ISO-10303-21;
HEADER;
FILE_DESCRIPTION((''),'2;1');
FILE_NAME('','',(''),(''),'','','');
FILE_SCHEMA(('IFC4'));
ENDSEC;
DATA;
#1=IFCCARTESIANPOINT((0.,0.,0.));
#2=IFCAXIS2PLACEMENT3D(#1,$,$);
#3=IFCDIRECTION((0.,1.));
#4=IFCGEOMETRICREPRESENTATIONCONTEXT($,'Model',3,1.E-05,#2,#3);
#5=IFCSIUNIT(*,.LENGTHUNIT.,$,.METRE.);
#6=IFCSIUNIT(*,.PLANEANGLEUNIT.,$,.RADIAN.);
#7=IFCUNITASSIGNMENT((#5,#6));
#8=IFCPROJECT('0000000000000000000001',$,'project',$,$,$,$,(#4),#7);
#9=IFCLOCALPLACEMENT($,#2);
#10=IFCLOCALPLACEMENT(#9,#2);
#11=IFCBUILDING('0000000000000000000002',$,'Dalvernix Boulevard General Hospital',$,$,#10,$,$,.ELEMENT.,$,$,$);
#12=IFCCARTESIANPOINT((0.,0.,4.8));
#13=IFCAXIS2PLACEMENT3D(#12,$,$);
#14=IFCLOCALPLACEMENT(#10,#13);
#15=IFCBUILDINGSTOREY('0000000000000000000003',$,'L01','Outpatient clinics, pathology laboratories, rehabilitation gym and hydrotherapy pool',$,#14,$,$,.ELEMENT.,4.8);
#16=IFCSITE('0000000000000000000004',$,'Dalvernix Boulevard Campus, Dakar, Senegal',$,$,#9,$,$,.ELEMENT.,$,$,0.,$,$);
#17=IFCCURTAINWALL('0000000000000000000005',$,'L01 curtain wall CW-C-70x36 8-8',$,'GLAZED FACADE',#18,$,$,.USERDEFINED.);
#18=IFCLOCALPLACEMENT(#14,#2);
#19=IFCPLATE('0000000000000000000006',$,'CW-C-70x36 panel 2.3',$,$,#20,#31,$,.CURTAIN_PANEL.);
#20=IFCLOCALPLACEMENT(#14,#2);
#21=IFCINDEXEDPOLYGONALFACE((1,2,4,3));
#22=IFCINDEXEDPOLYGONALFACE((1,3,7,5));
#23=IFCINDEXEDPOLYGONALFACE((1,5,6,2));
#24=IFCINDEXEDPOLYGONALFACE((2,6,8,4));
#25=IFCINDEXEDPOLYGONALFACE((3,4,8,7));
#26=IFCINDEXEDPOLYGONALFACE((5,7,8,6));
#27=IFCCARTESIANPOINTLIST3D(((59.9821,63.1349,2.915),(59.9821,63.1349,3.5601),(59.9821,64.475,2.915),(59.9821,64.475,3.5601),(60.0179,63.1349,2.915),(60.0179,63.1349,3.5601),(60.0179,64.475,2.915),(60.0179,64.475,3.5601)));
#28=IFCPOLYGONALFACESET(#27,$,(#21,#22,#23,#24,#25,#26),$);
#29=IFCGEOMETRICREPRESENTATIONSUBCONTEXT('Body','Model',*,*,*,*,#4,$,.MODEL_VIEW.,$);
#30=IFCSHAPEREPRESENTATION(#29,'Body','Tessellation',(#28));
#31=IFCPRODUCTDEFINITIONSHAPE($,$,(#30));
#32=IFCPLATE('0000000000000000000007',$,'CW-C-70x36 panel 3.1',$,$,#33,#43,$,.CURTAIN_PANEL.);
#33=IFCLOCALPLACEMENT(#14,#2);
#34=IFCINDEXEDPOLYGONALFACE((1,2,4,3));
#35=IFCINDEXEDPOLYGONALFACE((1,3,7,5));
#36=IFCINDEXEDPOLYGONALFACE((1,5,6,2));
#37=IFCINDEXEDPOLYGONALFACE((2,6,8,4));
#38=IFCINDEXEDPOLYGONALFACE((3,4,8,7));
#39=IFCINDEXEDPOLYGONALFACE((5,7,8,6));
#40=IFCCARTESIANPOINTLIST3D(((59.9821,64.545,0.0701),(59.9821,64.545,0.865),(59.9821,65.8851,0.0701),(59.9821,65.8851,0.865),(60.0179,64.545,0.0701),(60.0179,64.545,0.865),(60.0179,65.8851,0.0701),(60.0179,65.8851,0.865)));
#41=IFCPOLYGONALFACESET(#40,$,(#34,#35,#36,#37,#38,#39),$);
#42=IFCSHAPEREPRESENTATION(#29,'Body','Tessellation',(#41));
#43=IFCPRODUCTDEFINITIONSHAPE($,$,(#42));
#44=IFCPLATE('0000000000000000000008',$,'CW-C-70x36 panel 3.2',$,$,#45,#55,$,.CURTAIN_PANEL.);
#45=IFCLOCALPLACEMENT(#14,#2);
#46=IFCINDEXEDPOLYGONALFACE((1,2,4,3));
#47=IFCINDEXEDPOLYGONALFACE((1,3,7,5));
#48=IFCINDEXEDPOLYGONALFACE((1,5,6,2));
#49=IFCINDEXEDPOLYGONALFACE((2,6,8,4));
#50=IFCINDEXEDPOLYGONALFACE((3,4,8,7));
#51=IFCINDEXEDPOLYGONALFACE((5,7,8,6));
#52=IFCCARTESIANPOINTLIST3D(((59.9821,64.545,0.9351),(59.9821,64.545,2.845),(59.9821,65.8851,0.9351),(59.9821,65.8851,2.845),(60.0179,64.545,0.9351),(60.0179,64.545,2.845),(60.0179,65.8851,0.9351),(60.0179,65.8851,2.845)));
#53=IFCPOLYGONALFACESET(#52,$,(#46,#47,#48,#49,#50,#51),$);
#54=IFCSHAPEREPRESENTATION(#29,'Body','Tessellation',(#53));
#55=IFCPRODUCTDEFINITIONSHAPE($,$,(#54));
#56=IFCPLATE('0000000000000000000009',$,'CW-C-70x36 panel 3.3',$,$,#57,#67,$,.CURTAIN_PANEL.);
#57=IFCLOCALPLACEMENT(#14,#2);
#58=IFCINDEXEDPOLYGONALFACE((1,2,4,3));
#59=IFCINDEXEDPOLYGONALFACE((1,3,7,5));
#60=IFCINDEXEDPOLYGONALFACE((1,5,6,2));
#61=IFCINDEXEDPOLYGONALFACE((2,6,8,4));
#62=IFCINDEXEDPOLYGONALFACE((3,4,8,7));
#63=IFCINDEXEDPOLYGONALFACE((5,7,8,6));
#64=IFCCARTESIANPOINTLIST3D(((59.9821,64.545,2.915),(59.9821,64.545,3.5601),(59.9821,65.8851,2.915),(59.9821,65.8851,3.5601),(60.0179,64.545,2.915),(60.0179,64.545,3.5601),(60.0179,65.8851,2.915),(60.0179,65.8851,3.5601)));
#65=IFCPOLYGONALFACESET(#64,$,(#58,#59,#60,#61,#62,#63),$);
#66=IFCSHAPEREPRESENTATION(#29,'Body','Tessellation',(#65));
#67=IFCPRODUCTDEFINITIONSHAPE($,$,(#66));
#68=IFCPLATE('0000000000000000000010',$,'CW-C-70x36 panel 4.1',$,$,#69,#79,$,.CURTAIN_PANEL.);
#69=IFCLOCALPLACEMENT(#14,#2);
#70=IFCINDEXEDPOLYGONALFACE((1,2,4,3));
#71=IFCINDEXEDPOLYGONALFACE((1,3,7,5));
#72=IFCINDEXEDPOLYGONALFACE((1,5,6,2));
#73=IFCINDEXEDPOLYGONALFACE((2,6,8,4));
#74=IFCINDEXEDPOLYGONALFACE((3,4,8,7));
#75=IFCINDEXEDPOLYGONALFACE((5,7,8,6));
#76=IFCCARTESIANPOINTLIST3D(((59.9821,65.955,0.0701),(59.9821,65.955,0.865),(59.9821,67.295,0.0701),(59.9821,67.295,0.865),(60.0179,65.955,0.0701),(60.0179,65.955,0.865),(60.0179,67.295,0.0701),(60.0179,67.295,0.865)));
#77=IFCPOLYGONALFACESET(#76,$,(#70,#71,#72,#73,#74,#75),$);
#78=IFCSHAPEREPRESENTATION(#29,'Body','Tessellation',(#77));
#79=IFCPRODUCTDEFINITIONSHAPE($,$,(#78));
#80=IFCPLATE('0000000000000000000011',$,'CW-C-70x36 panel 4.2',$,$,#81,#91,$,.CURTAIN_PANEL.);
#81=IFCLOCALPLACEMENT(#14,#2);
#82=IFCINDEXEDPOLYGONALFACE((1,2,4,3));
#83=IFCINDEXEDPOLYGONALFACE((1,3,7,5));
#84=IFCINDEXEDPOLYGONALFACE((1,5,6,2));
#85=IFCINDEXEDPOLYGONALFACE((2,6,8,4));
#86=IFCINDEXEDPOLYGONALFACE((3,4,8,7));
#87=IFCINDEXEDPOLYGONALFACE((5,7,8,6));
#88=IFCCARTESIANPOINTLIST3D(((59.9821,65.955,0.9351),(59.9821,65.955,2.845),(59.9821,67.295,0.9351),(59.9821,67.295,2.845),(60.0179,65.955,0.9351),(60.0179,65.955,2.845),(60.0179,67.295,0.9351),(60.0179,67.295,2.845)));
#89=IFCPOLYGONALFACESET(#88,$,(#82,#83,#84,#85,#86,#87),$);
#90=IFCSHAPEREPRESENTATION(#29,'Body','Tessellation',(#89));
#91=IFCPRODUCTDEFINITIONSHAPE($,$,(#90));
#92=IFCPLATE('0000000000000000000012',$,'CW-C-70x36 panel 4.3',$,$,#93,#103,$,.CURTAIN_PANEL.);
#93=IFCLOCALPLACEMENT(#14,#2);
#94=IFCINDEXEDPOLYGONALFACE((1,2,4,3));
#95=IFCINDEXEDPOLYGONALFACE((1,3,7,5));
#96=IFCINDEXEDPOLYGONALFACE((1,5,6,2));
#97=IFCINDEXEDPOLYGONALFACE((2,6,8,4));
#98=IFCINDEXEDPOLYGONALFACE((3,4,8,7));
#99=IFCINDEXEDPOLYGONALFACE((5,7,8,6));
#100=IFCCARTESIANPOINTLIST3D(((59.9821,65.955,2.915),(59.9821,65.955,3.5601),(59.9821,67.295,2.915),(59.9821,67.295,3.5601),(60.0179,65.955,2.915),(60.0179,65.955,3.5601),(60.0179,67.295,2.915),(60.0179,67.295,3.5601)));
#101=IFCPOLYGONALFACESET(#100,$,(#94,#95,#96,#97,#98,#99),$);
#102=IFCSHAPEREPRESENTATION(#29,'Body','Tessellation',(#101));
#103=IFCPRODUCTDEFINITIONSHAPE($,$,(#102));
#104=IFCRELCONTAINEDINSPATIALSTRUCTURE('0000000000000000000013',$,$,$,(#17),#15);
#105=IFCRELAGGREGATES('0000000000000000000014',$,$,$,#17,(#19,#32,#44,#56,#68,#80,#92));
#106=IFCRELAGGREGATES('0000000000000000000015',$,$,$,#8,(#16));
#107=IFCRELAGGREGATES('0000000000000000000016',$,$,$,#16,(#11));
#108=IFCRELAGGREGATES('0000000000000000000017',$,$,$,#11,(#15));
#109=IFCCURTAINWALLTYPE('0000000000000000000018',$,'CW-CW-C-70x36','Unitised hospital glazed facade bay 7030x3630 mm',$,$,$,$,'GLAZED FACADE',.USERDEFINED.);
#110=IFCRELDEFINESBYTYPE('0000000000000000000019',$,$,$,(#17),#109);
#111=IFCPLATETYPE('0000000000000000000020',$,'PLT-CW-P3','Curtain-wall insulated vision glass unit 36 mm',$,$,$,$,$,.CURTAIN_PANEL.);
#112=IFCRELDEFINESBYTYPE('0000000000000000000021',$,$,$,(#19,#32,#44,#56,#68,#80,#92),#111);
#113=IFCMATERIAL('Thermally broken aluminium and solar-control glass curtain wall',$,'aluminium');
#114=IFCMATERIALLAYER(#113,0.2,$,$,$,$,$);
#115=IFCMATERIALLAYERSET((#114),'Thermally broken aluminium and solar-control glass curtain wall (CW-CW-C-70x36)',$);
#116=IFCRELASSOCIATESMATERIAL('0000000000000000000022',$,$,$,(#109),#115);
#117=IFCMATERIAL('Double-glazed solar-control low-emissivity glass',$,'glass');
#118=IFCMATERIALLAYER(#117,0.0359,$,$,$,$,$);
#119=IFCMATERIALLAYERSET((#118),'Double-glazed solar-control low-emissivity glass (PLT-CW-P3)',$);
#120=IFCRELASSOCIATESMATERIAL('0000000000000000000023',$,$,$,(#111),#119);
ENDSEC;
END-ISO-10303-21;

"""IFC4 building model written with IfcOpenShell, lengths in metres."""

from ifc_helpers import new_model, si_unit, direction, frame, origin, origin_2d, place, context, subcontext, project, spatial, rectangle, extrude, material, layer, layer_set, type_object, element, aggregate, save


model = new_model("IFC4")

# Units and contexts
model_context = context("Model", 3, precision=1e-05, world=origin(), true_north=direction((0.0, 1.0)))
body_context = subcontext(model_context, "Body", "Model", "MODEL_VIEW")
ifc_project = project(units=[si_unit("LENGTHUNIT", "METRE"), si_unit("PLANEANGLEUNIT", "RADIAN")], contexts=[model_context])

# Site, building, storey
site_placement = place(None, origin())
site = spatial("IfcSite", under=ifc_project, at=site_placement, Name="Dalvernix Boulevard Campus, Dakar, Senegal", CompositionType="ELEMENT", RefElevation=0.0)
building_placement = place(site_placement, origin())
building = spatial("IfcBuilding", under=site, at=building_placement, Name="Dalvernix Boulevard General Hospital", CompositionType="ELEMENT")
storey_placement = place(building_placement, frame((0.0, 0.0, 4.8)))
storey = spatial("IfcBuildingStorey", under=building, at=storey_placement, Name="L01", Description="Outpatient clinics, pathology laboratories, rehabilitation gym and hydrotherapy pool", CompositionType="ELEMENT", Elevation=4.8)

# Curtain wall, plates
ifc_material_1 = material(Name="Thermally broken aluminium and solar-control glass curtain wall", Category="aluminium")
ifc_layer_1 = layer(ifc_material_1, 0.2)
ifc_layer_set_1 = layer_set([ifc_layer_1], Name="Thermally broken aluminium and solar-control glass curtain wall (CW-CW-C-70x36)")
curtain_wall_type = type_object("IfcCurtainWallType", Name="CW-CW-C-70x36", Description="Unitised hospital glazed facade bay 7030x3630 mm", ElementType="GLAZED FACADE", PredefinedType="USERDEFINED", material=ifc_layer_set_1)
curtain_wall_placement = place(storey_placement, origin())
curtain_wall = element("IfcCurtainWall", 1, at=curtain_wall_placement, inside=storey, type_object=curtain_wall_type, Name="L01 curtain wall CW-C-70x36 8-8", ObjectType="GLAZED FACADE", PredefinedType="USERDEFINED")
ifc_material_2 = material(Name="Double-glazed solar-control low-emissivity glass", Category="glass")
ifc_layer_2 = layer(ifc_material_2, 0.0359)
ifc_layer_set_2 = layer_set([ifc_layer_2], Name="Double-glazed solar-control low-emissivity glass (PLT-CW-P3)")
plate_type = type_object("IfcPlateType", Name="PLT-CW-P3", Description="Curtain-wall insulated vision glass unit 36 mm", PredefinedType="CURTAIN_PANEL", material=ifc_layer_set_2)
plate_1_placement = place(storey_placement, frame((60.0, 63.8049, 2.915), z_axis=(0.0, 0.0, 1.0), x_axis=(0.0, 1.0, 0.0)))
plate_1 = element("IfcPlate", 2, at=plate_1_placement, type_object=plate_type, Name="CW-C-70x36 panel 2.3", PredefinedType="CURTAIN_PANEL", context=body_context, shape_type="SweptSolid", body=[
    extrude(rectangle(XDim=1.3401, YDim=0.0359, at=origin_2d()), origin(), (0.0, 0.0, 1.0), 0.645),
])
plate_2_placement = place(storey_placement, frame((60.0, 65.2151, 0.0701), z_axis=(0.0, 0.0, 1.0), x_axis=(0.0, 1.0, 0.0)))
plate_2 = element("IfcPlate", 3, at=plate_2_placement, type_object=plate_type, Name="CW-C-70x36 panel 3.1", PredefinedType="CURTAIN_PANEL", context=body_context, shape_type="SweptSolid", body=[
    extrude(rectangle(XDim=1.3401, YDim=0.0359, at=origin_2d()), origin(), (0.0, 0.0, 1.0), 0.7949),
])
plate_3_placement = place(storey_placement, frame((60.0, 65.2151, 0.9351), z_axis=(0.0, 0.0, 1.0), x_axis=(0.0, 1.0, 0.0)))
plate_3 = element("IfcPlate", 4, at=plate_3_placement, type_object=plate_type, Name="CW-C-70x36 panel 3.2", PredefinedType="CURTAIN_PANEL", context=body_context, shape_type="SweptSolid", body=[
    extrude(rectangle(XDim=1.3401, YDim=0.0359, at=origin_2d()), origin(), (0.0, 0.0, 1.0), 1.9099),
])
plate_4_placement = place(storey_placement, frame((60.0, 65.2151, 2.915), z_axis=(0.0, 0.0, 1.0), x_axis=(0.0, 1.0, 0.0)))
plate_4 = element("IfcPlate", 5, at=plate_4_placement, type_object=plate_type, Name="CW-C-70x36 panel 3.3", PredefinedType="CURTAIN_PANEL", context=body_context, shape_type="SweptSolid", body=[
    extrude(rectangle(XDim=1.3401, YDim=0.0359, at=origin_2d()), origin(), (0.0, 0.0, 1.0), 0.645),
])
plate_5_placement = place(storey_placement, frame((60.0, 66.625, 0.0701), z_axis=(0.0, 0.0, 1.0), x_axis=(0.0, 1.0, 0.0)))
plate_5 = element("IfcPlate", 6, at=plate_5_placement, type_object=plate_type, Name="CW-C-70x36 panel 4.1", PredefinedType="CURTAIN_PANEL", context=body_context, shape_type="SweptSolid", body=[
    extrude(rectangle(XDim=1.3401, YDim=0.0359, at=origin_2d()), origin(), (0.0, 0.0, 1.0), 0.7949),
])
plate_6_placement = place(storey_placement, frame((60.0, 66.625, 0.9351), z_axis=(0.0, 0.0, 1.0), x_axis=(0.0, 1.0, 0.0)))
plate_6 = element("IfcPlate", 7, at=plate_6_placement, type_object=plate_type, Name="CW-C-70x36 panel 4.2", PredefinedType="CURTAIN_PANEL", context=body_context, shape_type="SweptSolid", body=[
    extrude(rectangle(XDim=1.3401, YDim=0.0359, at=origin_2d()), origin(), (0.0, 0.0, 1.0), 1.9099),
])
plate_7_placement = place(storey_placement, frame((60.0, 66.625, 2.915), z_axis=(0.0, 0.0, 1.0), x_axis=(0.0, 1.0, 0.0)))
plate_7 = element("IfcPlate", 8, at=plate_7_placement, type_object=plate_type, Name="CW-C-70x36 panel 4.3", PredefinedType="CURTAIN_PANEL", context=body_context, shape_type="SweptSolid", body=[
    extrude(rectangle(XDim=1.3401, YDim=0.0359, at=origin_2d()), origin(), (0.0, 0.0, 1.0), 0.645),
])
aggregate(curtain_wall, [plate_1, plate_2, plate_3, plate_4, plate_5, plate_6, plate_7])

save(model, "model.ifc")
